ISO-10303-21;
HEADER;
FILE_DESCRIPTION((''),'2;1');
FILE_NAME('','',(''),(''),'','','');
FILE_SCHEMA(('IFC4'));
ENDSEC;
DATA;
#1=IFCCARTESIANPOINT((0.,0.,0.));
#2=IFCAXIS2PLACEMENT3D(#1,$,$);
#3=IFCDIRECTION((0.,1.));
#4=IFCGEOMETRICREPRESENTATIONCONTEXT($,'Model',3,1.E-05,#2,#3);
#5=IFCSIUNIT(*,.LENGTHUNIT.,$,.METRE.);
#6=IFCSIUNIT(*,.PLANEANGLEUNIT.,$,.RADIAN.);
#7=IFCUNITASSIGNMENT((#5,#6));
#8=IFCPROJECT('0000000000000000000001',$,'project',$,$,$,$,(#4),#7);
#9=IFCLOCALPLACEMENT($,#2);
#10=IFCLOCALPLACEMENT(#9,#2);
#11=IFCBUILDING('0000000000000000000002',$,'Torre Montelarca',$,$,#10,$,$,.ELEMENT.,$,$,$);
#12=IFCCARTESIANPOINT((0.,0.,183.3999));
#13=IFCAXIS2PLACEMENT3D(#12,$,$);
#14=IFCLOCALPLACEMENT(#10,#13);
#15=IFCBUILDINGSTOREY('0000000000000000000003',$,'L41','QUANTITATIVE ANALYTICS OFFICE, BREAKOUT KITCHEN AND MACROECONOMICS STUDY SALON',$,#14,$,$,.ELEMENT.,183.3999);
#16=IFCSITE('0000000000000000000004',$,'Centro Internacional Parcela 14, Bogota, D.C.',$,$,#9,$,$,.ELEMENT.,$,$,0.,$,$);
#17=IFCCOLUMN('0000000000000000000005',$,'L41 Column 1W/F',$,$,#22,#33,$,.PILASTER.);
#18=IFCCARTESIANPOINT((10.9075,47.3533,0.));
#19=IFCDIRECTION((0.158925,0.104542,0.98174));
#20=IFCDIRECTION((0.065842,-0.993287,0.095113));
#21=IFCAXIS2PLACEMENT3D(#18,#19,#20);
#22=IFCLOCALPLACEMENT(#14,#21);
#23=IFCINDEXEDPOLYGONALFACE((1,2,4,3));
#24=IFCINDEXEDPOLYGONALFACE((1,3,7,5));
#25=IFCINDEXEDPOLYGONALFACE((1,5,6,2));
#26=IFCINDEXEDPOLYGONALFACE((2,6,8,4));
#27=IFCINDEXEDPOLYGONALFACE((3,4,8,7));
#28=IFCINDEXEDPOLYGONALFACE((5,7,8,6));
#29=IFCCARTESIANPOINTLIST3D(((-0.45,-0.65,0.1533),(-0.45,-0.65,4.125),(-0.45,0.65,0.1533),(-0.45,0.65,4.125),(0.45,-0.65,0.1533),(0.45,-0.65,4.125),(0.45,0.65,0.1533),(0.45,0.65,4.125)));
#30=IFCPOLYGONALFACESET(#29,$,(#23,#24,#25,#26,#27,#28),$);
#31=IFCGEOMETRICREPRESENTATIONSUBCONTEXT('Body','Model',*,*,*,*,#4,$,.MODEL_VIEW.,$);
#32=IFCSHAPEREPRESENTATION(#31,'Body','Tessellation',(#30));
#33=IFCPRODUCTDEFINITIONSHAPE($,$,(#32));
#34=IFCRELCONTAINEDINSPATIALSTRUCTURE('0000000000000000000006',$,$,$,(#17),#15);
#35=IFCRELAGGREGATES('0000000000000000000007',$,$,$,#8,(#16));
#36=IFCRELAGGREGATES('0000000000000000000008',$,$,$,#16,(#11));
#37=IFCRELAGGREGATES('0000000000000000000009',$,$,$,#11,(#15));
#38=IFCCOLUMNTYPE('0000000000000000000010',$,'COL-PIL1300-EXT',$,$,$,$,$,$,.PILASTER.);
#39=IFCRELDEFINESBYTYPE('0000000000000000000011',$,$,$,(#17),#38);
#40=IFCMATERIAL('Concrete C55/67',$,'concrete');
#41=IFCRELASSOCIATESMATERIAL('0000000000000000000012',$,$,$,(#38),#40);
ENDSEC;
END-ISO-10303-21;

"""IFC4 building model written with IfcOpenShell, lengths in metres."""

from ifc_helpers import new_model, si_unit, direction, frame, origin, origin_2d, place, context, subcontext, project, spatial, rectangle, extrude, clip, halfspace, material, material_profile, profile_set, type_object, element, save


model = new_model("IFC4")

# Units and contexts
model_context = context("Model", 3, precision=1e-05, world=origin(), true_north=direction((0.0, 1.0)))
body_context = subcontext(model_context, "Body", "Model", "MODEL_VIEW")
ifc_project = project(units=[si_unit("LENGTHUNIT", "METRE"), si_unit("PLANEANGLEUNIT", "RADIAN")], contexts=[model_context])

# Site, building, storey
site_placement = place(None, origin())
site = spatial("IfcSite", under=ifc_project, at=site_placement, Name="Centro Internacional Parcela 14, Bogota, D.C.", CompositionType="ELEMENT", RefElevation=0.0)
building_placement = place(site_placement, origin())
building = spatial("IfcBuilding", under=site, at=building_placement, Name="Torre Montelarca", CompositionType="ELEMENT")
storey_placement = place(building_placement, frame((0.0, 0.0, 183.3999)))
storey = spatial("IfcBuildingStorey", under=building, at=storey_placement, Name="L41", Description="QUANTITATIVE ANALYTICS OFFICE, BREAKOUT KITCHEN AND MACROECONOMICS STUDY SALON", CompositionType="ELEMENT", Elevation=183.3999)

# Column
ifc_material_1 = material(Name="Concrete C55/67", Category="concrete")
ifc_material_profile = material_profile(ifc_material_1, rectangle(XDim=0.8999, YDim=1.3, at=origin_2d()), Name="RC1300X900", Category="concrete")
ifc_profile_set = profile_set([ifc_material_profile], Name="Concrete C55/67")
column_type = type_object("IfcColumnType", Name="COL-PIL1300-EXT", PredefinedType="PILASTER", material=ifc_profile_set)
column_placement = place(storey_placement, frame((10.9075, 47.3533, 0.0), z_axis=(0.158925, 0.104542, 0.98174), x_axis=(0.065842, -0.993287, 0.095113)))
element("IfcColumn", 1, at=column_placement, inside=storey, type_object=column_type, Name="L41 Column 1W/F", PredefinedType="PILASTER", context=body_context, shape_type="Clipping", body=[
    clip(clip(extrude(rectangle(XDim=0.8999, YDim=1.3, at=origin_2d()), origin(), (0.0, 0.0, 1.0), 4.2783), halfspace(frame((0.0, 0.0, 0.1533), z_axis=(0.0, 0.0, -1.0), x_axis=(1.0, 0.0, 0.0)), False)), halfspace(frame((0.0, 0.0, 4.125), z_axis=(0.0, 0.0, 1.0), x_axis=(1.0, 0.0, 0.0)), False)),
])

save(model, "model.ifc")
